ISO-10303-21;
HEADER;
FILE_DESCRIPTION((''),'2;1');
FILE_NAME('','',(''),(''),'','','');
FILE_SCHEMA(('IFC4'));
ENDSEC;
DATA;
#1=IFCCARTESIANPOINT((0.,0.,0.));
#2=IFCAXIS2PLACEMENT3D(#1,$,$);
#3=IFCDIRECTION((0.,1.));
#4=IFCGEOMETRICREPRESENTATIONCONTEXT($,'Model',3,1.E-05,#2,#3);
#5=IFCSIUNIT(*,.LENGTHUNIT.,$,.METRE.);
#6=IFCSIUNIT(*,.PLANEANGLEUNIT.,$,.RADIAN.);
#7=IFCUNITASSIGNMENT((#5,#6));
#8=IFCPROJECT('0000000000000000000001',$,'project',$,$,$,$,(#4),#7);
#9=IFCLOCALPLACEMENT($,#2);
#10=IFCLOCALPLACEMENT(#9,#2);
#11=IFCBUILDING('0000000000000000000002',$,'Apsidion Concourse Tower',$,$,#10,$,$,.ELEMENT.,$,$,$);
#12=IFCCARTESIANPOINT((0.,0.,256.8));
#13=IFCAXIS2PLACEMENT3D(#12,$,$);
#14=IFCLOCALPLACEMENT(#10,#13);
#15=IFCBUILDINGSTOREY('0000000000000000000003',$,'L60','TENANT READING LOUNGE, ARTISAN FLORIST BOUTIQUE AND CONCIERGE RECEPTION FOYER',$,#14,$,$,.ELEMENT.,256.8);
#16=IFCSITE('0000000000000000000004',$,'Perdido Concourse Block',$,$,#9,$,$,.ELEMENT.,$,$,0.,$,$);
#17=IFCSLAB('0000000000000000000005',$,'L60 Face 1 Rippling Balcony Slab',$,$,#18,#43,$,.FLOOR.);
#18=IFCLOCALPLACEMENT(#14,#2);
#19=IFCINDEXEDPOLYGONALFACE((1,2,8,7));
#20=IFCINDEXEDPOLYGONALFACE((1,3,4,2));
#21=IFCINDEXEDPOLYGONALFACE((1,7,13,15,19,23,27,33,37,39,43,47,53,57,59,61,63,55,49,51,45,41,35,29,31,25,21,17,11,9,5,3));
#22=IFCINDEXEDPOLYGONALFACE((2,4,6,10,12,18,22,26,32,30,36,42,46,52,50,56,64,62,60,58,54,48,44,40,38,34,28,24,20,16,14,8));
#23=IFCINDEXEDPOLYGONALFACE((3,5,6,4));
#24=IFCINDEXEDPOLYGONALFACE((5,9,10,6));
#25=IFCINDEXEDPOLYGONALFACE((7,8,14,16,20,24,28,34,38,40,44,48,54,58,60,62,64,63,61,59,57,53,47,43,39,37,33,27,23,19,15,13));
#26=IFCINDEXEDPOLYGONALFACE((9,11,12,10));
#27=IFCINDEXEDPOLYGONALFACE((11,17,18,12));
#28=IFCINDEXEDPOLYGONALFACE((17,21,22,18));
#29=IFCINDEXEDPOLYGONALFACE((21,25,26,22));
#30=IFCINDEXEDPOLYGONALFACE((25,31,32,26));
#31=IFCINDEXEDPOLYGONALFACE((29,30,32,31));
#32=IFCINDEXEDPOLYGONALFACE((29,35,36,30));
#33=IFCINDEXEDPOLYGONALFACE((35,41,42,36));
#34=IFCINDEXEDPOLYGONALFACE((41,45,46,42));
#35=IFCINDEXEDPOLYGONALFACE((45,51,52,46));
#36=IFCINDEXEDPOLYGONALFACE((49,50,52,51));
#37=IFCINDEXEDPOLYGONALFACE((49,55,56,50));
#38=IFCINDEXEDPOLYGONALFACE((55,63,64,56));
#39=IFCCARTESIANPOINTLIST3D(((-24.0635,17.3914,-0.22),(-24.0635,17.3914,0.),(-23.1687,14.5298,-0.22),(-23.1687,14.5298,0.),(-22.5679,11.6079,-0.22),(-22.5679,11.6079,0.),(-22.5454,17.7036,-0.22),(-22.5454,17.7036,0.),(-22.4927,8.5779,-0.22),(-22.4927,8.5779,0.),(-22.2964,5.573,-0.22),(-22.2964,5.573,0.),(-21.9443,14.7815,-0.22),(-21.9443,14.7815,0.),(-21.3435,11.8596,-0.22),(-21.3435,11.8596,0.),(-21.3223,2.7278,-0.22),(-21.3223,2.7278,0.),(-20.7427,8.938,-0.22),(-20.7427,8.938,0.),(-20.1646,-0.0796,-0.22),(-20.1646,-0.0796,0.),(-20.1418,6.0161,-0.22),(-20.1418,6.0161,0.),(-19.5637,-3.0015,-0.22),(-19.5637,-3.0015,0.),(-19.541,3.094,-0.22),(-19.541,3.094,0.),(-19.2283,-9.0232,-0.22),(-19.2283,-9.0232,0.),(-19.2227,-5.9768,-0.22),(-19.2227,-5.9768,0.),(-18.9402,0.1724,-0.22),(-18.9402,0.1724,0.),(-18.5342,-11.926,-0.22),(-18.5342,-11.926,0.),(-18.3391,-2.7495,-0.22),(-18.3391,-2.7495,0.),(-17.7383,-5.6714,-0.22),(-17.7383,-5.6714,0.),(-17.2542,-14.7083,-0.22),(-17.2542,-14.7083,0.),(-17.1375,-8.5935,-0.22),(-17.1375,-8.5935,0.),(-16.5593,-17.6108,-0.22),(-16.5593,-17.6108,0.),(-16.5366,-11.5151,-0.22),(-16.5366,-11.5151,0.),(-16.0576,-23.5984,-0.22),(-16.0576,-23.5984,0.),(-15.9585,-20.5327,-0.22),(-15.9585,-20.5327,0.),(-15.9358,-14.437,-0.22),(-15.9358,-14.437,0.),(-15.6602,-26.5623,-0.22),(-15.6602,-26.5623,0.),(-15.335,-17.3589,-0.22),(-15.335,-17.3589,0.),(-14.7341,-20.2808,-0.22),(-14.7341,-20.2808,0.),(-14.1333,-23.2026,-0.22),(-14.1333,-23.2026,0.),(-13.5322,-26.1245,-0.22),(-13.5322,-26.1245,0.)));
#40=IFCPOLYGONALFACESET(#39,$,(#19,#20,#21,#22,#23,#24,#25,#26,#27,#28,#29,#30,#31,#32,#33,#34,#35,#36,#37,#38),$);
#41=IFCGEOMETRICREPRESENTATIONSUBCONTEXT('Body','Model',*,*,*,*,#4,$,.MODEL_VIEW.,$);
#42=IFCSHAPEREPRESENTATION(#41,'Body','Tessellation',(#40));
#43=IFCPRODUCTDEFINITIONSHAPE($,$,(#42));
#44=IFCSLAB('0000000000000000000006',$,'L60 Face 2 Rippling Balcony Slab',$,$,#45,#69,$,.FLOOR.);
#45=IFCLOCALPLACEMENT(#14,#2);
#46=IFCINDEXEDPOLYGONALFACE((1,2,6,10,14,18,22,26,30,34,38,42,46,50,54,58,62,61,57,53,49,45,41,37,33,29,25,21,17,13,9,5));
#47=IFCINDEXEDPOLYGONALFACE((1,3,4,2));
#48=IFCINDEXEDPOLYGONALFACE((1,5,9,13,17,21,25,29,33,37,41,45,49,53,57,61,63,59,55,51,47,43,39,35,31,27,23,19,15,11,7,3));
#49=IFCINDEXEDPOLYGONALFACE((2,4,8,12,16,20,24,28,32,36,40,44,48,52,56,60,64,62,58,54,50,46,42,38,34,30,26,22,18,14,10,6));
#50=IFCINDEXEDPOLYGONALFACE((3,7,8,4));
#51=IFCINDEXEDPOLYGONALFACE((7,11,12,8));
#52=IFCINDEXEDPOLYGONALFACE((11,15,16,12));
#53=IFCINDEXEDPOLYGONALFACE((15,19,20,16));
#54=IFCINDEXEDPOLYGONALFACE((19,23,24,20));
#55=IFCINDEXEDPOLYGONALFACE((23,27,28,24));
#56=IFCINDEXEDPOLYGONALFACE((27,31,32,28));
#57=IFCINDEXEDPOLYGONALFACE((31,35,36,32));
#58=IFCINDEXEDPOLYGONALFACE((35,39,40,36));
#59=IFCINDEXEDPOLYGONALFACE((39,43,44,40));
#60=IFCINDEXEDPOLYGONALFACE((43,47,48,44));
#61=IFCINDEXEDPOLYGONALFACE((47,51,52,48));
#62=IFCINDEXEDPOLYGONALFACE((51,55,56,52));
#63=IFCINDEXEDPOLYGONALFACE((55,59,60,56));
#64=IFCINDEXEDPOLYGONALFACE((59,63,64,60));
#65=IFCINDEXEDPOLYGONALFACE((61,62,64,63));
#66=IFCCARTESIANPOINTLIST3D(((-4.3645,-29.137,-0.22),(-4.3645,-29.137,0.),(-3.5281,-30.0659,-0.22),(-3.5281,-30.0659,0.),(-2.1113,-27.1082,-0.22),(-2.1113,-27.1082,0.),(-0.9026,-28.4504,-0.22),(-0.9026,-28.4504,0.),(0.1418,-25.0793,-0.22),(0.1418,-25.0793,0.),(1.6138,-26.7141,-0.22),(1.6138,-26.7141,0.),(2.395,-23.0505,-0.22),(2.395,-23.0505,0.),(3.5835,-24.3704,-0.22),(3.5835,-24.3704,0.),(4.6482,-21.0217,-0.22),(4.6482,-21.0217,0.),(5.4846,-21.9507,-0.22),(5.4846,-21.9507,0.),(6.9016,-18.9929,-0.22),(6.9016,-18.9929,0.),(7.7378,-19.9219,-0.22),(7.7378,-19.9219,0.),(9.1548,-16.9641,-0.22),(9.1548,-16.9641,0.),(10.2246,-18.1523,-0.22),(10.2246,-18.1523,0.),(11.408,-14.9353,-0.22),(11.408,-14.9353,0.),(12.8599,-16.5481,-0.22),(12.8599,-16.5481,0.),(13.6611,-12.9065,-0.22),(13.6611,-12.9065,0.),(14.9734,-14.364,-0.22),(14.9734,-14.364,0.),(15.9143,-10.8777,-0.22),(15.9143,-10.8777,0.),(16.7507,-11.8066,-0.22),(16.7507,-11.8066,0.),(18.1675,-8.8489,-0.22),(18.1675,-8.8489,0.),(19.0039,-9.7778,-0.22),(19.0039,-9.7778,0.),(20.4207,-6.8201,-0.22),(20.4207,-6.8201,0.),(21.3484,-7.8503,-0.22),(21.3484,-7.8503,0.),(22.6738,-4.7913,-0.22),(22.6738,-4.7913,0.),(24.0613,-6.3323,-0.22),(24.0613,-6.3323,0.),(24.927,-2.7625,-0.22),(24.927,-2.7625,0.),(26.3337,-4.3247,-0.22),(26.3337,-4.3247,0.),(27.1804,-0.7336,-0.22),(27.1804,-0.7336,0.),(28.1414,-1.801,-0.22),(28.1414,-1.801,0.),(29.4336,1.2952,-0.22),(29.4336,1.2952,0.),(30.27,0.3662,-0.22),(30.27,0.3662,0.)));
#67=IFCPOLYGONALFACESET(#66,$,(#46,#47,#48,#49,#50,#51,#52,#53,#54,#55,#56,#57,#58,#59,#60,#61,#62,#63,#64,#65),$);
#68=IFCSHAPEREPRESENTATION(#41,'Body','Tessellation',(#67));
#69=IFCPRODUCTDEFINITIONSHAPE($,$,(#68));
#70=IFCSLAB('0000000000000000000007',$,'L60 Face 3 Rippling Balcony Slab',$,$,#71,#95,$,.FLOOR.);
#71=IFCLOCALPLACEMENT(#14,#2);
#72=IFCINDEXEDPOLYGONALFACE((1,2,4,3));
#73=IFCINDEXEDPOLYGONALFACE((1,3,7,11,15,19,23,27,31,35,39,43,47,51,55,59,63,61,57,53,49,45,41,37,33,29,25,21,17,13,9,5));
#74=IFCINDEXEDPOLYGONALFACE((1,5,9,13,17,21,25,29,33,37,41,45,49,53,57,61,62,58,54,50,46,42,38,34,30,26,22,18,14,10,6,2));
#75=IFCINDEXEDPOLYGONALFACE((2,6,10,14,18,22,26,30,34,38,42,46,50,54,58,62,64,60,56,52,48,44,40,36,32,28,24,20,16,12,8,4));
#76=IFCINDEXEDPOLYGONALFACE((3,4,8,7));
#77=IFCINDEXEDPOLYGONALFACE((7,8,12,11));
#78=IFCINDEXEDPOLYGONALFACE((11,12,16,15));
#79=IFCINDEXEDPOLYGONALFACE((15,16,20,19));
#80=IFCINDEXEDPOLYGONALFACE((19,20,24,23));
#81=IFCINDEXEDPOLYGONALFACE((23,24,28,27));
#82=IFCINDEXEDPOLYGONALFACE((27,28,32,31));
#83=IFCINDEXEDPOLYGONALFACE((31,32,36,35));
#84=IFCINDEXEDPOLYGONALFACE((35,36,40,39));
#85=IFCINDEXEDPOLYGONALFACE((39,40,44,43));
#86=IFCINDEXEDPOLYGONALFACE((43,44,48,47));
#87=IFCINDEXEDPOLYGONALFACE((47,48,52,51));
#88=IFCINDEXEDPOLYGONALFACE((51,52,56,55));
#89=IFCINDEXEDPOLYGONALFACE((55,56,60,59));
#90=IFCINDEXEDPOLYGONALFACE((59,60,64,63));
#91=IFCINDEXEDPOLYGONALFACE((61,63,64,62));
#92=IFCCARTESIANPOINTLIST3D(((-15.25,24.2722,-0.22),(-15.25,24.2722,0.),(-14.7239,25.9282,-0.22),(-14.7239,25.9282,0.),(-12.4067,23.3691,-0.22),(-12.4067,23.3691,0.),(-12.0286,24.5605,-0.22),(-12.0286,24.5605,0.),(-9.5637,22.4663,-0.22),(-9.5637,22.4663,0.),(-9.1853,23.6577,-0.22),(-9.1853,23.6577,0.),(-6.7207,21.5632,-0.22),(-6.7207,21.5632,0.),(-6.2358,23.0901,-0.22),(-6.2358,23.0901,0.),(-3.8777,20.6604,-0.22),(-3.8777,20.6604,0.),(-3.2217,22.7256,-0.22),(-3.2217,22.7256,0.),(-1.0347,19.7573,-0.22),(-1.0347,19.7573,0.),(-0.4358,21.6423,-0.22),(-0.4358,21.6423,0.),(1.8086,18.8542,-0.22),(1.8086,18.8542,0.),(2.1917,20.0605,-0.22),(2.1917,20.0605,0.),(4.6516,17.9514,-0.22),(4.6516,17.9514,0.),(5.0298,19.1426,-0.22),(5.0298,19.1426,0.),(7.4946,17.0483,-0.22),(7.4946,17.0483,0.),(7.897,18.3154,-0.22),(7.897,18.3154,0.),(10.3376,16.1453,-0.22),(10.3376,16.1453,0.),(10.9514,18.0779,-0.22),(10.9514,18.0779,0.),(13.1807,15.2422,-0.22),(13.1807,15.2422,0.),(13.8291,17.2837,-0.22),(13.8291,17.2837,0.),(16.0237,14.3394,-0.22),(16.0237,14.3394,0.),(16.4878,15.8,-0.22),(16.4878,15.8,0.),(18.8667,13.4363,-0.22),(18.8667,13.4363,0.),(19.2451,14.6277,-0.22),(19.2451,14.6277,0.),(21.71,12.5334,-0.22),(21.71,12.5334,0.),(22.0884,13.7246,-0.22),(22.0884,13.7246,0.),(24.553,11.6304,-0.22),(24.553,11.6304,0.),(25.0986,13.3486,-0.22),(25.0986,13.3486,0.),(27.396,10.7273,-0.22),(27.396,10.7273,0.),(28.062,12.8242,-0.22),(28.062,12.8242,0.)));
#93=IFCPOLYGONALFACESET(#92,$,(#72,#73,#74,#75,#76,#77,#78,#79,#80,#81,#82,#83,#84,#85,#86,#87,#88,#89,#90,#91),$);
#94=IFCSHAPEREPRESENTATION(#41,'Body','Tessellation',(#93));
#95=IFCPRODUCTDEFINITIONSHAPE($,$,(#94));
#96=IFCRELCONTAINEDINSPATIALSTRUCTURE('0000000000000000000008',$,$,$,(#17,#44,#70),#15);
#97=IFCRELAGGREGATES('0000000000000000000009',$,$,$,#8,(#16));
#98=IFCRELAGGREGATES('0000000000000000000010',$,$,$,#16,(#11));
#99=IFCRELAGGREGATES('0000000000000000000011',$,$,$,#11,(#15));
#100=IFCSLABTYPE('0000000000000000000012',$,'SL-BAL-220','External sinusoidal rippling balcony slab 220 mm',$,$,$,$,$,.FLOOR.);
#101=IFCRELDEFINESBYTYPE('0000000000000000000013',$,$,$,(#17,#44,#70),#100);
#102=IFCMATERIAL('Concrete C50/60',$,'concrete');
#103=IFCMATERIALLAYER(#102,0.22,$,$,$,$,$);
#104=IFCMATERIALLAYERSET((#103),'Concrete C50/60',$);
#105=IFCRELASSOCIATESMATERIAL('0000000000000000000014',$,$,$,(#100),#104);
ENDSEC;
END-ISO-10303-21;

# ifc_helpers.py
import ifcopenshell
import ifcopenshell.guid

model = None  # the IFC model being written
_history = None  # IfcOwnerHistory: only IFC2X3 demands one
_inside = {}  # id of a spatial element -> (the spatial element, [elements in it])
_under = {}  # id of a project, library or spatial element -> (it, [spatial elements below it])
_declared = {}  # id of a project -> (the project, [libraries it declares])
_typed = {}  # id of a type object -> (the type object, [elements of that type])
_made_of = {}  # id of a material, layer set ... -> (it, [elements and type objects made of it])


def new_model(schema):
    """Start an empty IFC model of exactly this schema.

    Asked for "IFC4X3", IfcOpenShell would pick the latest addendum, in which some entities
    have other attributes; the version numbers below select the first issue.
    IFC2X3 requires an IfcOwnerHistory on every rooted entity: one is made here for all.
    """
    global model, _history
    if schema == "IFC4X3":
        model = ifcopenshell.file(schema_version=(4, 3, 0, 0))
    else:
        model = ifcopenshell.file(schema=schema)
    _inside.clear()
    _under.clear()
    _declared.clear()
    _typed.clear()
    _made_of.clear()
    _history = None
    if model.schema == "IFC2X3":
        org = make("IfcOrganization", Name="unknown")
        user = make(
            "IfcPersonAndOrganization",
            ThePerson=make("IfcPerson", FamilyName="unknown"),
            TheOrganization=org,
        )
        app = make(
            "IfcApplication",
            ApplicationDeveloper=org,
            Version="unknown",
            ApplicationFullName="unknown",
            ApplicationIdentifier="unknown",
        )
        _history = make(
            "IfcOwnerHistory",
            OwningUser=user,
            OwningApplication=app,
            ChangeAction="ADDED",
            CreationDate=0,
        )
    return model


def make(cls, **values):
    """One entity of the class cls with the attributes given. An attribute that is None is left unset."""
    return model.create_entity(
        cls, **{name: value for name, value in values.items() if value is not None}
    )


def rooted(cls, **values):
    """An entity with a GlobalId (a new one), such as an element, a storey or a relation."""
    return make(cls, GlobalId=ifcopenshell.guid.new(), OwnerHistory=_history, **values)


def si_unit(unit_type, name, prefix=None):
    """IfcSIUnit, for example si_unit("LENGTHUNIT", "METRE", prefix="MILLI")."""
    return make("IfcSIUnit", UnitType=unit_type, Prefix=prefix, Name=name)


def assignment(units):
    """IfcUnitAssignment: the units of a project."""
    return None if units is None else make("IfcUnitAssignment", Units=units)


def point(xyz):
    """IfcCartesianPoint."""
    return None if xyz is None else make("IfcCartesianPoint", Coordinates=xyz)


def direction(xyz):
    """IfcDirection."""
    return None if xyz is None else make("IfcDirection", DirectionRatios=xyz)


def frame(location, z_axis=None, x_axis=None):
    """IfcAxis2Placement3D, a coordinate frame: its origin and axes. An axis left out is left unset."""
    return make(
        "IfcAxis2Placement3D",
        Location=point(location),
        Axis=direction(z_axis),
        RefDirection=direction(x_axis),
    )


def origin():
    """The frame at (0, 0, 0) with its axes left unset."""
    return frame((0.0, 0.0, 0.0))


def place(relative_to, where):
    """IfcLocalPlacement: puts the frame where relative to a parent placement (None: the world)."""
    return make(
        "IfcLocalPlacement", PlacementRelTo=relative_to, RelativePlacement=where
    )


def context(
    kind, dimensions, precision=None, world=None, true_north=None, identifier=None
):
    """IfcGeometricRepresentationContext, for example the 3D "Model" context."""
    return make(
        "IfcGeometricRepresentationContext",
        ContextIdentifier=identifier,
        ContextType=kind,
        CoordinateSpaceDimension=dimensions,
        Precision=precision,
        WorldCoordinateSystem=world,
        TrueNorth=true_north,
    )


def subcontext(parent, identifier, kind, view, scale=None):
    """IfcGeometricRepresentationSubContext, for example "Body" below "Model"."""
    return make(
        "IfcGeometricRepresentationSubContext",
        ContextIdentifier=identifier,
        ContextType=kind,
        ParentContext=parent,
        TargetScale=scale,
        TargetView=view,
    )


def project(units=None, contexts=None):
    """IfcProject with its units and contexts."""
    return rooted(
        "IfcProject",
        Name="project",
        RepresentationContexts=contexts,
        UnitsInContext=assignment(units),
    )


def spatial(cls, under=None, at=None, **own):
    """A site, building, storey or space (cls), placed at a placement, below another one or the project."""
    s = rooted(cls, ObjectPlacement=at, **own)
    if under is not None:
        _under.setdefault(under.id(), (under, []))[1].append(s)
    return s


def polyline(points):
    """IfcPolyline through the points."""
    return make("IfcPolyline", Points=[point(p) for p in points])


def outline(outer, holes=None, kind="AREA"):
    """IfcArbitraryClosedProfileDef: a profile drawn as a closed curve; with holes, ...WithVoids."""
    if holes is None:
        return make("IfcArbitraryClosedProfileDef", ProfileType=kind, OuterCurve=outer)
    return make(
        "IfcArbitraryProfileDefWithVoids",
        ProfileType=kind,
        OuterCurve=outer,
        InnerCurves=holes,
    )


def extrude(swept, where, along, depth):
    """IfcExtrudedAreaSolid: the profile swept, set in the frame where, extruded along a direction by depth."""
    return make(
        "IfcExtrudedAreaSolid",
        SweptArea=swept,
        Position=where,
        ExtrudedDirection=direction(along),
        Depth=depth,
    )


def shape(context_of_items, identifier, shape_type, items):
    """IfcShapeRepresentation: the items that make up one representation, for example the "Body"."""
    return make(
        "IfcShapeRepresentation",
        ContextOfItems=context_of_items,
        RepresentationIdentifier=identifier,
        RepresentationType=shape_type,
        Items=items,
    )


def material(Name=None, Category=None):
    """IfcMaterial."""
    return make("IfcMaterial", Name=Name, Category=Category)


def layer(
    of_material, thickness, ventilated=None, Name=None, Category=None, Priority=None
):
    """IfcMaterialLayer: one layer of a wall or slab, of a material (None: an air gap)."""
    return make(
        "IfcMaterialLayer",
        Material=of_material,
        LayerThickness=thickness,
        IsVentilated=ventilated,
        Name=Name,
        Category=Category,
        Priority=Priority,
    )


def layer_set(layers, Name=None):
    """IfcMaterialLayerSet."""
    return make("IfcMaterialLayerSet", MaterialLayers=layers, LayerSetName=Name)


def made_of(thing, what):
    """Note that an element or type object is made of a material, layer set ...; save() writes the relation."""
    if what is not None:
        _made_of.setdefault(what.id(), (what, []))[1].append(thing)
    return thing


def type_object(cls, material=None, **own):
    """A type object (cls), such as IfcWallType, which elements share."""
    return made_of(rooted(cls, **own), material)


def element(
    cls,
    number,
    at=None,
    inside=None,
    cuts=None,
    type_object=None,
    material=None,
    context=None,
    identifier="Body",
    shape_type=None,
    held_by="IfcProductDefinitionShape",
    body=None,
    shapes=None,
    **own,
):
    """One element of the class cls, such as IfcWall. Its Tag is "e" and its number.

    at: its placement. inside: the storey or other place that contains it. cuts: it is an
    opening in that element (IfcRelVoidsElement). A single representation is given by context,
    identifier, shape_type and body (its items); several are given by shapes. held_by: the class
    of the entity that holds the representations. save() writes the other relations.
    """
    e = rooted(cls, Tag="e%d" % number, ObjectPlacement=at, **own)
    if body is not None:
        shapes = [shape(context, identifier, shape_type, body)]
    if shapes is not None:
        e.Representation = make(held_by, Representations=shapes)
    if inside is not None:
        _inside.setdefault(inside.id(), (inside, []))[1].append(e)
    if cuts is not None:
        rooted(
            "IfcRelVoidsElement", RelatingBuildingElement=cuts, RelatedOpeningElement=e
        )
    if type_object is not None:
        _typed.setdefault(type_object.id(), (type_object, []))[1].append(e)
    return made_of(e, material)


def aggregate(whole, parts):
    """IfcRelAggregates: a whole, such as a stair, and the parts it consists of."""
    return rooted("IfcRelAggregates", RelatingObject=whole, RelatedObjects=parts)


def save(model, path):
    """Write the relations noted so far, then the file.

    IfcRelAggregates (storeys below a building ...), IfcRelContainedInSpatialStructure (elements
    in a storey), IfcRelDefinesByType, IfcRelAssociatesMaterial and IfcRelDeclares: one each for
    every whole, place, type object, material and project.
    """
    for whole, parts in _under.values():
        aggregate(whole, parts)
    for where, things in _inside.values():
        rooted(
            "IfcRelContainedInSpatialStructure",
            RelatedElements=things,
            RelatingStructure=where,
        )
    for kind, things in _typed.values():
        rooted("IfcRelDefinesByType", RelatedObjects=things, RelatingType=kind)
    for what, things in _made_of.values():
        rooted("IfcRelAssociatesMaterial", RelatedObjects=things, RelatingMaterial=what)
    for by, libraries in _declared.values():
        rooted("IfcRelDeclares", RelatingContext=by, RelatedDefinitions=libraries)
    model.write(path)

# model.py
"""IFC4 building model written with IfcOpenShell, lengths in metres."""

from ifc_helpers import new_model, si_unit, direction, frame, origin, place, context, subcontext, project, spatial, polyline, outline, extrude, material, layer, layer_set, type_object, element, save


model = new_model("IFC4")

# Units and contexts
model_context = context("Model", 3, precision=1e-05, world=origin(), true_north=direction((0.0, 1.0)))
body_context = subcontext(model_context, "Body", "Model", "MODEL_VIEW")
ifc_project = project(units=[si_unit("LENGTHUNIT", "METRE"), si_unit("PLANEANGLEUNIT", "RADIAN")], contexts=[model_context])

# Site, building, storey
site_placement = place(None, origin())
site = spatial("IfcSite", under=ifc_project, at=site_placement, Name="Perdido Concourse Block", CompositionType="ELEMENT", RefElevation=0.0)
building_placement = place(site_placement, origin())
building = spatial("IfcBuilding", under=site, at=building_placement, Name="Apsidion Concourse Tower", CompositionType="ELEMENT")
storey_placement = place(building_placement, frame((0.0, 0.0, 256.8)))
storey = spatial("IfcBuildingStorey", under=building, at=storey_placement, Name="L60", Description="TENANT READING LOUNGE, ARTISAN FLORIST BOUTIQUE AND CONCIERGE RECEPTION FOYER", CompositionType="ELEMENT", Elevation=256.8)

# Shared definitions
ifc_material_1 = material(Name="Concrete C50/60", Category="concrete")

# Slabs
ifc_layer_1 = layer(ifc_material_1, 0.22)
ifc_layer_set_1 = layer_set([ifc_layer_1], Name="Concrete C50/60")
slab_type_1 = type_object("IfcSlabType", Name="SL-BAL-220", Description="External sinusoidal rippling balcony slab 220 mm", PredefinedType="FLOOR", material=ifc_layer_set_1)
slab_1_placement = place(storey_placement, frame((0.0, 0.0, -0.22)))
element("IfcSlab", 1, at=slab_1_placement, inside=storey, type_object=slab_type_1, Name="L60 Face 1 Rippling Balcony Slab", PredefinedType="FLOOR", context=body_context, shape_type="SweptSolid", body=[
    extrude(outline(polyline([(-22.5454, 17.7036), (-21.9443, 14.7815), (-21.3435, 11.8596), (-20.7427, 8.938), (-20.1418, 6.0161), (-19.541, 3.094), (-18.9402, 0.1724), (-18.3391, -2.7495), (-17.7383, -5.6714), (-17.1375, -8.5935), (-16.5366, -11.5151), (-15.9358, -14.437), (-15.335, -17.3589), (-14.7341, -20.2808), (-14.1333, -23.2026), (-13.5322, -26.1245), (-15.6602, -26.5623), (-16.0576, -23.5984), (-15.9585, -20.5327), (-16.5593, -17.6108), (-17.2542, -14.7083), (-18.5342, -11.926), (-19.2283, -9.0232), (-19.2227, -5.9768), (-19.5637, -3.0015), (-20.1646, -0.0796), (-21.3223, 2.7278), (-22.2964, 5.573), (-22.4927, 8.5779), (-22.5679, 11.6079), (-23.1687, 14.5298), (-24.0635, 17.3914), (-22.5454, 17.7036)])), origin(), (0.0, 0.0, 1.0), 0.22),
])
slab_2_placement = place(storey_placement, frame((0.0, 0.0, -0.22)))
element("IfcSlab", 2, at=slab_2_placement, inside=storey, type_object=slab_type_1, Name="L60 Face 2 Rippling Balcony Slab", PredefinedType="FLOOR", context=body_context, shape_type="SweptSolid", body=[
    extrude(outline(polyline([(-4.3645, -29.137), (-2.1113, -27.1082), (0.1418, -25.0793), (2.395, -23.0505), (4.6482, -21.0217), (6.9016, -18.9929), (9.1548, -16.9641), (11.408, -14.9353), (13.6611, -12.9065), (15.9143, -10.8777), (18.1675, -8.8489), (20.4207, -6.8201), (22.6738, -4.7913), (24.927, -2.7625), (27.1804, -0.7336), (29.4336, 1.2952), (30.27, 0.3662), (28.1414, -1.801), (26.3337, -4.3247), (24.0613, -6.3323), (21.3484, -7.8503), (19.0039, -9.7778), (16.7507, -11.8066), (14.9734, -14.364), (12.8599, -16.5481), (10.2246, -18.1523), (7.7378, -19.9219), (5.4846, -21.9507), (3.5835, -24.3704), (1.6138, -26.7141), (-0.9026, -28.4504), (-3.5281, -30.0659), (-4.3645, -29.137)])), origin(), (0.0, 0.0, 1.0), 0.22),
])
slab_3_placement = place(storey_placement, frame((0.0, 0.0, -0.22)))
element("IfcSlab", 3, at=slab_3_placement, inside=storey, type_object=slab_type_1, Name="L60 Face 3 Rippling Balcony Slab", PredefinedType="FLOOR", context=body_context, shape_type="SweptSolid", body=[
    extrude(outline(polyline([(27.396, 10.7273), (24.553, 11.6304), (21.71, 12.5334), (18.8667, 13.4363), (16.0237, 14.3394), (13.1807, 15.2422), (10.3376, 16.1453), (7.4946, 17.0483), (4.6516, 17.9514), (1.8086, 18.8542), (-1.0347, 19.7573), (-3.8777, 20.6604), (-6.7207, 21.5632), (-9.5637, 22.4663), (-12.4067, 23.3691), (-15.25, 24.2722), (-14.7239, 25.9282), (-12.0286, 24.5605), (-9.1853, 23.6577), (-6.2358, 23.0901), (-3.2217, 22.7256), (-0.4358, 21.6423), (2.1917, 20.0605), (5.0298, 19.1426), (7.897, 18.3154), (10.9514, 18.0779), (13.8291, 17.2837), (16.4878, 15.8), (19.2451, 14.6277), (22.0884, 13.7246), (25.0986, 13.3486), (28.062, 12.8242), (27.396, 10.7273)])), origin(), (0.0, 0.0, 1.0), 0.22),
])

save(model, "model.ifc")
